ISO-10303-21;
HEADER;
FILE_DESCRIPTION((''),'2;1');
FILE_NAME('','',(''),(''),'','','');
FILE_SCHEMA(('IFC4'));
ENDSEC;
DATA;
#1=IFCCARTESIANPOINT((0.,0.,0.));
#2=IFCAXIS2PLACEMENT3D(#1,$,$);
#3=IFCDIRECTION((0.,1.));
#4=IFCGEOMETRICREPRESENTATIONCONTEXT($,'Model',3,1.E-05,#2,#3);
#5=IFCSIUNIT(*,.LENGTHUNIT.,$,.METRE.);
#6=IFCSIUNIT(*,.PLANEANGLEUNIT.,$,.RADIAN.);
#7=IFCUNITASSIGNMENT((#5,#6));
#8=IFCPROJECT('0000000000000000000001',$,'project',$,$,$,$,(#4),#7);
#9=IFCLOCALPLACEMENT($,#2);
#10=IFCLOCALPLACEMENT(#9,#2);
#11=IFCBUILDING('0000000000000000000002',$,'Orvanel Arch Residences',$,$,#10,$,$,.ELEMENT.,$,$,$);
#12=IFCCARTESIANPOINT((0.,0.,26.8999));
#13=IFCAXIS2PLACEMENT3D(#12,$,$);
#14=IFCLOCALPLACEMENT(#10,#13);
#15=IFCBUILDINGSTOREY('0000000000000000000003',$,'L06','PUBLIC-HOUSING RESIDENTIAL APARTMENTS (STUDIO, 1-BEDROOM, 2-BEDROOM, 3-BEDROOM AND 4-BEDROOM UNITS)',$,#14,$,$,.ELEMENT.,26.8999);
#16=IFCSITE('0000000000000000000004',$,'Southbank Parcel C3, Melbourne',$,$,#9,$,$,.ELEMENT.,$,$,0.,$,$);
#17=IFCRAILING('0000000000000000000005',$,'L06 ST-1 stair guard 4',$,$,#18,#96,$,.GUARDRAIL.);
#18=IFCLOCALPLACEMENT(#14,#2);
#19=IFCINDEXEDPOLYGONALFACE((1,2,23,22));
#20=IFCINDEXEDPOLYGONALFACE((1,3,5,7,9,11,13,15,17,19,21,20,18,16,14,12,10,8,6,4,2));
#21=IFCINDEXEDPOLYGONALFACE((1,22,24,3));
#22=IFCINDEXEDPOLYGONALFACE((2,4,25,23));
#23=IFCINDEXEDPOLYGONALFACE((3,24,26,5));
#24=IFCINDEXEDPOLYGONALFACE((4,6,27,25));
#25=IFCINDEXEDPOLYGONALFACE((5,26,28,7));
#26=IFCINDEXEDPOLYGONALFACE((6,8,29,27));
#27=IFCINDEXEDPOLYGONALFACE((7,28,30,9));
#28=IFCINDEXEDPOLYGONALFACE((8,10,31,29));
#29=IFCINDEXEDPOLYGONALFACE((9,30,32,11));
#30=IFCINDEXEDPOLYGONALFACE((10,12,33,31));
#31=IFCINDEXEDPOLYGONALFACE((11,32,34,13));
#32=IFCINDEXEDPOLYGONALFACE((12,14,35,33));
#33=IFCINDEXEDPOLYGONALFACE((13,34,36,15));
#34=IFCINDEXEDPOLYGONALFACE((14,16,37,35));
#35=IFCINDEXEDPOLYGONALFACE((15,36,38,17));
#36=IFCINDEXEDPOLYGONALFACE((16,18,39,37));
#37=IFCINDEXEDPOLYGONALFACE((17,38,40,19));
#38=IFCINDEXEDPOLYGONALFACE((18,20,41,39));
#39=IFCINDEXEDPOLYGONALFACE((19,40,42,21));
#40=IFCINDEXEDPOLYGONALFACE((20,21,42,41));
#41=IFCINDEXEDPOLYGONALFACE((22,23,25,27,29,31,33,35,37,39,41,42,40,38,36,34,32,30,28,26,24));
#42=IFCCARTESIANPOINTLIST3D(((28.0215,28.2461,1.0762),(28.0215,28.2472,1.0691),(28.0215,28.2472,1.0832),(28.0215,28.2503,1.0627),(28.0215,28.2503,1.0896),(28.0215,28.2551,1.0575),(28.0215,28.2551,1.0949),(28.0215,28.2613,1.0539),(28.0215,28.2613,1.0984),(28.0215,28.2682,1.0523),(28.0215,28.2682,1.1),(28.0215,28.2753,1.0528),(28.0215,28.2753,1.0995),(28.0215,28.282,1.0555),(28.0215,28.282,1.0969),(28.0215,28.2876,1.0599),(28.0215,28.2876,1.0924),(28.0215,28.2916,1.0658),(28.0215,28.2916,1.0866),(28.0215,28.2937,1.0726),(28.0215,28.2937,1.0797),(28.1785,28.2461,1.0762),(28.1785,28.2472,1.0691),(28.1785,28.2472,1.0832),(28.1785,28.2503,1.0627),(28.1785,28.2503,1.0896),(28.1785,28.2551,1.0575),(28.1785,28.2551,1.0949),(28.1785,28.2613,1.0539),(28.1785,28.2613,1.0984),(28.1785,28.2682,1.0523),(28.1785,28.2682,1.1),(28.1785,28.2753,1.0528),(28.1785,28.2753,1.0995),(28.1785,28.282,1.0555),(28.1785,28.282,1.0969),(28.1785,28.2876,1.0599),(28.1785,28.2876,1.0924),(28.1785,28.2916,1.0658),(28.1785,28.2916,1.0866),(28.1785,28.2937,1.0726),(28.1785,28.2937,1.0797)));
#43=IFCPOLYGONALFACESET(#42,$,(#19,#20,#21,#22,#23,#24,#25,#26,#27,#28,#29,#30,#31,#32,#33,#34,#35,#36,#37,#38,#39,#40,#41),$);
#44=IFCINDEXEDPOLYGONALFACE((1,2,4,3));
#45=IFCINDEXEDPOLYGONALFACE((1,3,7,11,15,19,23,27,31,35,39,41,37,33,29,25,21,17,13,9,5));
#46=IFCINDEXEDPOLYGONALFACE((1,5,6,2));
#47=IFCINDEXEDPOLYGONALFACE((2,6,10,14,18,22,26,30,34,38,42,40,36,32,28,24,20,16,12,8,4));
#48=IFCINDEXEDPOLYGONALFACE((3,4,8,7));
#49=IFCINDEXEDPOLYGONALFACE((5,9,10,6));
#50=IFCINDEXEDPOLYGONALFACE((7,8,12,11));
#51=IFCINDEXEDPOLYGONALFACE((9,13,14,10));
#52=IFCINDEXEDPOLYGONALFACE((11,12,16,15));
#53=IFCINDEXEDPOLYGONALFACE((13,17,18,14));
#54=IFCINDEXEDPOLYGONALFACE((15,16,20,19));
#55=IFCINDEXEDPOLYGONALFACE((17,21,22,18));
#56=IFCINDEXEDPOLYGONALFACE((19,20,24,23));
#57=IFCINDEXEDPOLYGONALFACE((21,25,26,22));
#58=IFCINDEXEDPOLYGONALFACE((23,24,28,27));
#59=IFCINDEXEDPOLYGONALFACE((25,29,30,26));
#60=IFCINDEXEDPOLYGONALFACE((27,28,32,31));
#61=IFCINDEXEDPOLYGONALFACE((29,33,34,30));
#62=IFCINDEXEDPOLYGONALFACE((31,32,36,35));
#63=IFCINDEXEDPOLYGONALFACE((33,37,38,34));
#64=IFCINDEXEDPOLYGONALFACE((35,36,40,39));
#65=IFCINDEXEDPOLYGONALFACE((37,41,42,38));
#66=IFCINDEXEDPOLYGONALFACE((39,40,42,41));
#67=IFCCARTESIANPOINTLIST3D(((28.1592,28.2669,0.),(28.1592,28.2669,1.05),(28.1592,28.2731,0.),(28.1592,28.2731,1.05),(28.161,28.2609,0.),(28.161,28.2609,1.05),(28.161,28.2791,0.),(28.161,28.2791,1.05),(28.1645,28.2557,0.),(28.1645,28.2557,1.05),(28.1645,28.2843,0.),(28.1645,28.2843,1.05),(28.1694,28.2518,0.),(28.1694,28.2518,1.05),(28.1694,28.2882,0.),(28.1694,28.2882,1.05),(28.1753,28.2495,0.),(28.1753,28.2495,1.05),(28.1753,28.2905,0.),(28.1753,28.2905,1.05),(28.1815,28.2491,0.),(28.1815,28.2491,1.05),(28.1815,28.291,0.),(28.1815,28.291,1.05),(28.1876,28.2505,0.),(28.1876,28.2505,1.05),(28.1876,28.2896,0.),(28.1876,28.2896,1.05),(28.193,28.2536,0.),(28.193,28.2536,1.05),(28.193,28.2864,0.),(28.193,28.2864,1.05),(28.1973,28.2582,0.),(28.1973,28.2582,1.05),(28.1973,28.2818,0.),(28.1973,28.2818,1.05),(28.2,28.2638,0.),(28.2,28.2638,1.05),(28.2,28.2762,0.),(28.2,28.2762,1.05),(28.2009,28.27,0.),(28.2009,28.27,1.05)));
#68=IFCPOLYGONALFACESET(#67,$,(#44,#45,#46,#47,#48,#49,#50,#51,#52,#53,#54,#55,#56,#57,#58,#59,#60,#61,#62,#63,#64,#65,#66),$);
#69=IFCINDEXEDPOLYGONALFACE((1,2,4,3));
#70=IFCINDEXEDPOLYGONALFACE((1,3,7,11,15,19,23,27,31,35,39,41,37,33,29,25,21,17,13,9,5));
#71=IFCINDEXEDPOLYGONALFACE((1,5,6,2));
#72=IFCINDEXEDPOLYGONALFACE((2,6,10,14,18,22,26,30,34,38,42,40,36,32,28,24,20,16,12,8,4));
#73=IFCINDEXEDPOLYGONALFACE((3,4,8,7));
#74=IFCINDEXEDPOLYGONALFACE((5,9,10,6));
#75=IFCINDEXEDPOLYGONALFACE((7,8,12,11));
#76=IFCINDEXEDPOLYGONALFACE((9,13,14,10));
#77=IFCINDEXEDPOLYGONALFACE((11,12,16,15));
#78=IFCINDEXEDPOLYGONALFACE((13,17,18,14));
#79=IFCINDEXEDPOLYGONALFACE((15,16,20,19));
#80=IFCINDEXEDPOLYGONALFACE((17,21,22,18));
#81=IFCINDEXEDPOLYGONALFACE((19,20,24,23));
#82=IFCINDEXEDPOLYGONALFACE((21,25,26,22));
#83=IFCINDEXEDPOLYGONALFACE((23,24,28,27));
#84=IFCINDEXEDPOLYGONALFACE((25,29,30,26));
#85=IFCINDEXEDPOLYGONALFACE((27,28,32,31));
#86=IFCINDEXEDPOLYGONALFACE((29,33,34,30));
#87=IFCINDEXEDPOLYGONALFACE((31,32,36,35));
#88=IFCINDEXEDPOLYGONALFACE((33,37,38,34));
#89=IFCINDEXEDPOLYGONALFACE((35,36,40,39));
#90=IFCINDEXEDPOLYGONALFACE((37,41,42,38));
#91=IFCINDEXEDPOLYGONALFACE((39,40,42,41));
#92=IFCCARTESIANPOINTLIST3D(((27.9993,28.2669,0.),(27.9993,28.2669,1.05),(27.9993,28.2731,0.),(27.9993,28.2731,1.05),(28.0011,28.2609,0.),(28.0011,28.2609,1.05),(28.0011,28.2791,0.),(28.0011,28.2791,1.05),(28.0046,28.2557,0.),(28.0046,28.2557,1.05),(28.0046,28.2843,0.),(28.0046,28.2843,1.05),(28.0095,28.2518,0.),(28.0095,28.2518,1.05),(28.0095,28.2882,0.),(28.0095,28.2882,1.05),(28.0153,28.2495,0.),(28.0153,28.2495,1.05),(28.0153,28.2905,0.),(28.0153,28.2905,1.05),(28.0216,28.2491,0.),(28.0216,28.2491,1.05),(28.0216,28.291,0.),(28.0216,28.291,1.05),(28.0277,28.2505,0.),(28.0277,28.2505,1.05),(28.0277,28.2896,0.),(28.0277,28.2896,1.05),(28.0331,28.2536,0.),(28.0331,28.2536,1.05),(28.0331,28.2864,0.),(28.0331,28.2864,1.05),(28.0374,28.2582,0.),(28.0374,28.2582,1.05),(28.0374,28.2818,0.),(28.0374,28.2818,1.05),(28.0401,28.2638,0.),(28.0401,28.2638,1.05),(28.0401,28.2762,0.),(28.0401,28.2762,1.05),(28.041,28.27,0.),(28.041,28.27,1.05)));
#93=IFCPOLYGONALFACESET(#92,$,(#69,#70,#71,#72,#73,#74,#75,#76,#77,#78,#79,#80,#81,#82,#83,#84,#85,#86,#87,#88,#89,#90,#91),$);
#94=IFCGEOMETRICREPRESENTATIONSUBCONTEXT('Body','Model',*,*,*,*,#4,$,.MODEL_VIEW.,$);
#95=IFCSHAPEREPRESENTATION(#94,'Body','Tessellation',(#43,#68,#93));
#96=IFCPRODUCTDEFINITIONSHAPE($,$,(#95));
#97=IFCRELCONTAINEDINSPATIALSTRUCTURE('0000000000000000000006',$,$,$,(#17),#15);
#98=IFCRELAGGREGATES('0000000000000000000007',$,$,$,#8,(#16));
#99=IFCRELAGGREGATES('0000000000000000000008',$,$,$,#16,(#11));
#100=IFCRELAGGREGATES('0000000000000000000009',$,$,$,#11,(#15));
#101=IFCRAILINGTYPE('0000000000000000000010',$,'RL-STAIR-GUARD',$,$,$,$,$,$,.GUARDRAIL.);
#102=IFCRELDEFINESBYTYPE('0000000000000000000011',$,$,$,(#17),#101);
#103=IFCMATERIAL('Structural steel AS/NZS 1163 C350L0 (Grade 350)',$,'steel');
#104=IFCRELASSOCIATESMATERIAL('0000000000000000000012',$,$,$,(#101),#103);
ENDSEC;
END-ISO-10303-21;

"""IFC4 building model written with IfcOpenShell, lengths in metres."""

from ifc_helpers import new_model, si_unit, direction, frame, origin, origin_2d, place, context, subcontext, project, spatial, circle, extrude, material, type_object, element, save


model = new_model("IFC4")

# Units and contexts
model_context = context("Model", 3, precision=1e-05, world=origin(), true_north=direction((0.0, 1.0)))
body_context = subcontext(model_context, "Body", "Model", "MODEL_VIEW")
ifc_project = project(units=[si_unit("LENGTHUNIT", "METRE"), si_unit("PLANEANGLEUNIT", "RADIAN")], contexts=[model_context])

# Site, building, storey
site_placement = place(None, origin())
site = spatial("IfcSite", under=ifc_project, at=site_placement, Name="Southbank Parcel C3, Melbourne", CompositionType="ELEMENT", RefElevation=0.0)
building_placement = place(site_placement, origin())
building = spatial("IfcBuilding", under=site, at=building_placement, Name="Orvanel Arch Residences", CompositionType="ELEMENT")
storey_placement = place(building_placement, frame((0.0, 0.0, 26.8999)))
storey = spatial("IfcBuildingStorey", under=building, at=storey_placement, Name="L06", Description="PUBLIC-HOUSING RESIDENTIAL APARTMENTS (STUDIO, 1-BEDROOM, 2-BEDROOM, 3-BEDROOM AND 4-BEDROOM UNITS)", CompositionType="ELEMENT", Elevation=26.8999)

# Railing
ifc_material_1 = material(Name="Structural steel AS/NZS 1163 C350L0 (Grade 350)", Category="steel")
railing_type_1 = type_object("IfcRailingType", Name="RL-STAIR-GUARD", PredefinedType="GUARDRAIL", material=ifc_material_1)
railing_1_placement = place(storey_placement, frame((28.1799, 28.27, 0.0)))
element("IfcRailing", 1, at=railing_1_placement, inside=storey, type_object=railing_type_1, Name="L06 ST-1 stair guard 4", PredefinedType="GUARDRAIL", context=body_context, shape_type="SweptSolid", body=[
    extrude(circle(Radius=0.0239, at=origin_2d()), frame((-0.0015, 0.0, 1.0762), z_axis=(-1.0, 0.0, 0.0), x_axis=(0.0, -1.0, 0.0)), (0.0, 0.0, 1.0), 0.157),
    extrude(circle(Radius=0.021, at=origin_2d()), origin(), (0.0, 0.0, 1.0), 1.05),
    extrude(circle(Radius=0.021, at=origin_2d()), frame((-0.1599, 0.0, 0.0)), (0.0, 0.0, 1.0), 1.05),
])

save(model, "model.ifc")
